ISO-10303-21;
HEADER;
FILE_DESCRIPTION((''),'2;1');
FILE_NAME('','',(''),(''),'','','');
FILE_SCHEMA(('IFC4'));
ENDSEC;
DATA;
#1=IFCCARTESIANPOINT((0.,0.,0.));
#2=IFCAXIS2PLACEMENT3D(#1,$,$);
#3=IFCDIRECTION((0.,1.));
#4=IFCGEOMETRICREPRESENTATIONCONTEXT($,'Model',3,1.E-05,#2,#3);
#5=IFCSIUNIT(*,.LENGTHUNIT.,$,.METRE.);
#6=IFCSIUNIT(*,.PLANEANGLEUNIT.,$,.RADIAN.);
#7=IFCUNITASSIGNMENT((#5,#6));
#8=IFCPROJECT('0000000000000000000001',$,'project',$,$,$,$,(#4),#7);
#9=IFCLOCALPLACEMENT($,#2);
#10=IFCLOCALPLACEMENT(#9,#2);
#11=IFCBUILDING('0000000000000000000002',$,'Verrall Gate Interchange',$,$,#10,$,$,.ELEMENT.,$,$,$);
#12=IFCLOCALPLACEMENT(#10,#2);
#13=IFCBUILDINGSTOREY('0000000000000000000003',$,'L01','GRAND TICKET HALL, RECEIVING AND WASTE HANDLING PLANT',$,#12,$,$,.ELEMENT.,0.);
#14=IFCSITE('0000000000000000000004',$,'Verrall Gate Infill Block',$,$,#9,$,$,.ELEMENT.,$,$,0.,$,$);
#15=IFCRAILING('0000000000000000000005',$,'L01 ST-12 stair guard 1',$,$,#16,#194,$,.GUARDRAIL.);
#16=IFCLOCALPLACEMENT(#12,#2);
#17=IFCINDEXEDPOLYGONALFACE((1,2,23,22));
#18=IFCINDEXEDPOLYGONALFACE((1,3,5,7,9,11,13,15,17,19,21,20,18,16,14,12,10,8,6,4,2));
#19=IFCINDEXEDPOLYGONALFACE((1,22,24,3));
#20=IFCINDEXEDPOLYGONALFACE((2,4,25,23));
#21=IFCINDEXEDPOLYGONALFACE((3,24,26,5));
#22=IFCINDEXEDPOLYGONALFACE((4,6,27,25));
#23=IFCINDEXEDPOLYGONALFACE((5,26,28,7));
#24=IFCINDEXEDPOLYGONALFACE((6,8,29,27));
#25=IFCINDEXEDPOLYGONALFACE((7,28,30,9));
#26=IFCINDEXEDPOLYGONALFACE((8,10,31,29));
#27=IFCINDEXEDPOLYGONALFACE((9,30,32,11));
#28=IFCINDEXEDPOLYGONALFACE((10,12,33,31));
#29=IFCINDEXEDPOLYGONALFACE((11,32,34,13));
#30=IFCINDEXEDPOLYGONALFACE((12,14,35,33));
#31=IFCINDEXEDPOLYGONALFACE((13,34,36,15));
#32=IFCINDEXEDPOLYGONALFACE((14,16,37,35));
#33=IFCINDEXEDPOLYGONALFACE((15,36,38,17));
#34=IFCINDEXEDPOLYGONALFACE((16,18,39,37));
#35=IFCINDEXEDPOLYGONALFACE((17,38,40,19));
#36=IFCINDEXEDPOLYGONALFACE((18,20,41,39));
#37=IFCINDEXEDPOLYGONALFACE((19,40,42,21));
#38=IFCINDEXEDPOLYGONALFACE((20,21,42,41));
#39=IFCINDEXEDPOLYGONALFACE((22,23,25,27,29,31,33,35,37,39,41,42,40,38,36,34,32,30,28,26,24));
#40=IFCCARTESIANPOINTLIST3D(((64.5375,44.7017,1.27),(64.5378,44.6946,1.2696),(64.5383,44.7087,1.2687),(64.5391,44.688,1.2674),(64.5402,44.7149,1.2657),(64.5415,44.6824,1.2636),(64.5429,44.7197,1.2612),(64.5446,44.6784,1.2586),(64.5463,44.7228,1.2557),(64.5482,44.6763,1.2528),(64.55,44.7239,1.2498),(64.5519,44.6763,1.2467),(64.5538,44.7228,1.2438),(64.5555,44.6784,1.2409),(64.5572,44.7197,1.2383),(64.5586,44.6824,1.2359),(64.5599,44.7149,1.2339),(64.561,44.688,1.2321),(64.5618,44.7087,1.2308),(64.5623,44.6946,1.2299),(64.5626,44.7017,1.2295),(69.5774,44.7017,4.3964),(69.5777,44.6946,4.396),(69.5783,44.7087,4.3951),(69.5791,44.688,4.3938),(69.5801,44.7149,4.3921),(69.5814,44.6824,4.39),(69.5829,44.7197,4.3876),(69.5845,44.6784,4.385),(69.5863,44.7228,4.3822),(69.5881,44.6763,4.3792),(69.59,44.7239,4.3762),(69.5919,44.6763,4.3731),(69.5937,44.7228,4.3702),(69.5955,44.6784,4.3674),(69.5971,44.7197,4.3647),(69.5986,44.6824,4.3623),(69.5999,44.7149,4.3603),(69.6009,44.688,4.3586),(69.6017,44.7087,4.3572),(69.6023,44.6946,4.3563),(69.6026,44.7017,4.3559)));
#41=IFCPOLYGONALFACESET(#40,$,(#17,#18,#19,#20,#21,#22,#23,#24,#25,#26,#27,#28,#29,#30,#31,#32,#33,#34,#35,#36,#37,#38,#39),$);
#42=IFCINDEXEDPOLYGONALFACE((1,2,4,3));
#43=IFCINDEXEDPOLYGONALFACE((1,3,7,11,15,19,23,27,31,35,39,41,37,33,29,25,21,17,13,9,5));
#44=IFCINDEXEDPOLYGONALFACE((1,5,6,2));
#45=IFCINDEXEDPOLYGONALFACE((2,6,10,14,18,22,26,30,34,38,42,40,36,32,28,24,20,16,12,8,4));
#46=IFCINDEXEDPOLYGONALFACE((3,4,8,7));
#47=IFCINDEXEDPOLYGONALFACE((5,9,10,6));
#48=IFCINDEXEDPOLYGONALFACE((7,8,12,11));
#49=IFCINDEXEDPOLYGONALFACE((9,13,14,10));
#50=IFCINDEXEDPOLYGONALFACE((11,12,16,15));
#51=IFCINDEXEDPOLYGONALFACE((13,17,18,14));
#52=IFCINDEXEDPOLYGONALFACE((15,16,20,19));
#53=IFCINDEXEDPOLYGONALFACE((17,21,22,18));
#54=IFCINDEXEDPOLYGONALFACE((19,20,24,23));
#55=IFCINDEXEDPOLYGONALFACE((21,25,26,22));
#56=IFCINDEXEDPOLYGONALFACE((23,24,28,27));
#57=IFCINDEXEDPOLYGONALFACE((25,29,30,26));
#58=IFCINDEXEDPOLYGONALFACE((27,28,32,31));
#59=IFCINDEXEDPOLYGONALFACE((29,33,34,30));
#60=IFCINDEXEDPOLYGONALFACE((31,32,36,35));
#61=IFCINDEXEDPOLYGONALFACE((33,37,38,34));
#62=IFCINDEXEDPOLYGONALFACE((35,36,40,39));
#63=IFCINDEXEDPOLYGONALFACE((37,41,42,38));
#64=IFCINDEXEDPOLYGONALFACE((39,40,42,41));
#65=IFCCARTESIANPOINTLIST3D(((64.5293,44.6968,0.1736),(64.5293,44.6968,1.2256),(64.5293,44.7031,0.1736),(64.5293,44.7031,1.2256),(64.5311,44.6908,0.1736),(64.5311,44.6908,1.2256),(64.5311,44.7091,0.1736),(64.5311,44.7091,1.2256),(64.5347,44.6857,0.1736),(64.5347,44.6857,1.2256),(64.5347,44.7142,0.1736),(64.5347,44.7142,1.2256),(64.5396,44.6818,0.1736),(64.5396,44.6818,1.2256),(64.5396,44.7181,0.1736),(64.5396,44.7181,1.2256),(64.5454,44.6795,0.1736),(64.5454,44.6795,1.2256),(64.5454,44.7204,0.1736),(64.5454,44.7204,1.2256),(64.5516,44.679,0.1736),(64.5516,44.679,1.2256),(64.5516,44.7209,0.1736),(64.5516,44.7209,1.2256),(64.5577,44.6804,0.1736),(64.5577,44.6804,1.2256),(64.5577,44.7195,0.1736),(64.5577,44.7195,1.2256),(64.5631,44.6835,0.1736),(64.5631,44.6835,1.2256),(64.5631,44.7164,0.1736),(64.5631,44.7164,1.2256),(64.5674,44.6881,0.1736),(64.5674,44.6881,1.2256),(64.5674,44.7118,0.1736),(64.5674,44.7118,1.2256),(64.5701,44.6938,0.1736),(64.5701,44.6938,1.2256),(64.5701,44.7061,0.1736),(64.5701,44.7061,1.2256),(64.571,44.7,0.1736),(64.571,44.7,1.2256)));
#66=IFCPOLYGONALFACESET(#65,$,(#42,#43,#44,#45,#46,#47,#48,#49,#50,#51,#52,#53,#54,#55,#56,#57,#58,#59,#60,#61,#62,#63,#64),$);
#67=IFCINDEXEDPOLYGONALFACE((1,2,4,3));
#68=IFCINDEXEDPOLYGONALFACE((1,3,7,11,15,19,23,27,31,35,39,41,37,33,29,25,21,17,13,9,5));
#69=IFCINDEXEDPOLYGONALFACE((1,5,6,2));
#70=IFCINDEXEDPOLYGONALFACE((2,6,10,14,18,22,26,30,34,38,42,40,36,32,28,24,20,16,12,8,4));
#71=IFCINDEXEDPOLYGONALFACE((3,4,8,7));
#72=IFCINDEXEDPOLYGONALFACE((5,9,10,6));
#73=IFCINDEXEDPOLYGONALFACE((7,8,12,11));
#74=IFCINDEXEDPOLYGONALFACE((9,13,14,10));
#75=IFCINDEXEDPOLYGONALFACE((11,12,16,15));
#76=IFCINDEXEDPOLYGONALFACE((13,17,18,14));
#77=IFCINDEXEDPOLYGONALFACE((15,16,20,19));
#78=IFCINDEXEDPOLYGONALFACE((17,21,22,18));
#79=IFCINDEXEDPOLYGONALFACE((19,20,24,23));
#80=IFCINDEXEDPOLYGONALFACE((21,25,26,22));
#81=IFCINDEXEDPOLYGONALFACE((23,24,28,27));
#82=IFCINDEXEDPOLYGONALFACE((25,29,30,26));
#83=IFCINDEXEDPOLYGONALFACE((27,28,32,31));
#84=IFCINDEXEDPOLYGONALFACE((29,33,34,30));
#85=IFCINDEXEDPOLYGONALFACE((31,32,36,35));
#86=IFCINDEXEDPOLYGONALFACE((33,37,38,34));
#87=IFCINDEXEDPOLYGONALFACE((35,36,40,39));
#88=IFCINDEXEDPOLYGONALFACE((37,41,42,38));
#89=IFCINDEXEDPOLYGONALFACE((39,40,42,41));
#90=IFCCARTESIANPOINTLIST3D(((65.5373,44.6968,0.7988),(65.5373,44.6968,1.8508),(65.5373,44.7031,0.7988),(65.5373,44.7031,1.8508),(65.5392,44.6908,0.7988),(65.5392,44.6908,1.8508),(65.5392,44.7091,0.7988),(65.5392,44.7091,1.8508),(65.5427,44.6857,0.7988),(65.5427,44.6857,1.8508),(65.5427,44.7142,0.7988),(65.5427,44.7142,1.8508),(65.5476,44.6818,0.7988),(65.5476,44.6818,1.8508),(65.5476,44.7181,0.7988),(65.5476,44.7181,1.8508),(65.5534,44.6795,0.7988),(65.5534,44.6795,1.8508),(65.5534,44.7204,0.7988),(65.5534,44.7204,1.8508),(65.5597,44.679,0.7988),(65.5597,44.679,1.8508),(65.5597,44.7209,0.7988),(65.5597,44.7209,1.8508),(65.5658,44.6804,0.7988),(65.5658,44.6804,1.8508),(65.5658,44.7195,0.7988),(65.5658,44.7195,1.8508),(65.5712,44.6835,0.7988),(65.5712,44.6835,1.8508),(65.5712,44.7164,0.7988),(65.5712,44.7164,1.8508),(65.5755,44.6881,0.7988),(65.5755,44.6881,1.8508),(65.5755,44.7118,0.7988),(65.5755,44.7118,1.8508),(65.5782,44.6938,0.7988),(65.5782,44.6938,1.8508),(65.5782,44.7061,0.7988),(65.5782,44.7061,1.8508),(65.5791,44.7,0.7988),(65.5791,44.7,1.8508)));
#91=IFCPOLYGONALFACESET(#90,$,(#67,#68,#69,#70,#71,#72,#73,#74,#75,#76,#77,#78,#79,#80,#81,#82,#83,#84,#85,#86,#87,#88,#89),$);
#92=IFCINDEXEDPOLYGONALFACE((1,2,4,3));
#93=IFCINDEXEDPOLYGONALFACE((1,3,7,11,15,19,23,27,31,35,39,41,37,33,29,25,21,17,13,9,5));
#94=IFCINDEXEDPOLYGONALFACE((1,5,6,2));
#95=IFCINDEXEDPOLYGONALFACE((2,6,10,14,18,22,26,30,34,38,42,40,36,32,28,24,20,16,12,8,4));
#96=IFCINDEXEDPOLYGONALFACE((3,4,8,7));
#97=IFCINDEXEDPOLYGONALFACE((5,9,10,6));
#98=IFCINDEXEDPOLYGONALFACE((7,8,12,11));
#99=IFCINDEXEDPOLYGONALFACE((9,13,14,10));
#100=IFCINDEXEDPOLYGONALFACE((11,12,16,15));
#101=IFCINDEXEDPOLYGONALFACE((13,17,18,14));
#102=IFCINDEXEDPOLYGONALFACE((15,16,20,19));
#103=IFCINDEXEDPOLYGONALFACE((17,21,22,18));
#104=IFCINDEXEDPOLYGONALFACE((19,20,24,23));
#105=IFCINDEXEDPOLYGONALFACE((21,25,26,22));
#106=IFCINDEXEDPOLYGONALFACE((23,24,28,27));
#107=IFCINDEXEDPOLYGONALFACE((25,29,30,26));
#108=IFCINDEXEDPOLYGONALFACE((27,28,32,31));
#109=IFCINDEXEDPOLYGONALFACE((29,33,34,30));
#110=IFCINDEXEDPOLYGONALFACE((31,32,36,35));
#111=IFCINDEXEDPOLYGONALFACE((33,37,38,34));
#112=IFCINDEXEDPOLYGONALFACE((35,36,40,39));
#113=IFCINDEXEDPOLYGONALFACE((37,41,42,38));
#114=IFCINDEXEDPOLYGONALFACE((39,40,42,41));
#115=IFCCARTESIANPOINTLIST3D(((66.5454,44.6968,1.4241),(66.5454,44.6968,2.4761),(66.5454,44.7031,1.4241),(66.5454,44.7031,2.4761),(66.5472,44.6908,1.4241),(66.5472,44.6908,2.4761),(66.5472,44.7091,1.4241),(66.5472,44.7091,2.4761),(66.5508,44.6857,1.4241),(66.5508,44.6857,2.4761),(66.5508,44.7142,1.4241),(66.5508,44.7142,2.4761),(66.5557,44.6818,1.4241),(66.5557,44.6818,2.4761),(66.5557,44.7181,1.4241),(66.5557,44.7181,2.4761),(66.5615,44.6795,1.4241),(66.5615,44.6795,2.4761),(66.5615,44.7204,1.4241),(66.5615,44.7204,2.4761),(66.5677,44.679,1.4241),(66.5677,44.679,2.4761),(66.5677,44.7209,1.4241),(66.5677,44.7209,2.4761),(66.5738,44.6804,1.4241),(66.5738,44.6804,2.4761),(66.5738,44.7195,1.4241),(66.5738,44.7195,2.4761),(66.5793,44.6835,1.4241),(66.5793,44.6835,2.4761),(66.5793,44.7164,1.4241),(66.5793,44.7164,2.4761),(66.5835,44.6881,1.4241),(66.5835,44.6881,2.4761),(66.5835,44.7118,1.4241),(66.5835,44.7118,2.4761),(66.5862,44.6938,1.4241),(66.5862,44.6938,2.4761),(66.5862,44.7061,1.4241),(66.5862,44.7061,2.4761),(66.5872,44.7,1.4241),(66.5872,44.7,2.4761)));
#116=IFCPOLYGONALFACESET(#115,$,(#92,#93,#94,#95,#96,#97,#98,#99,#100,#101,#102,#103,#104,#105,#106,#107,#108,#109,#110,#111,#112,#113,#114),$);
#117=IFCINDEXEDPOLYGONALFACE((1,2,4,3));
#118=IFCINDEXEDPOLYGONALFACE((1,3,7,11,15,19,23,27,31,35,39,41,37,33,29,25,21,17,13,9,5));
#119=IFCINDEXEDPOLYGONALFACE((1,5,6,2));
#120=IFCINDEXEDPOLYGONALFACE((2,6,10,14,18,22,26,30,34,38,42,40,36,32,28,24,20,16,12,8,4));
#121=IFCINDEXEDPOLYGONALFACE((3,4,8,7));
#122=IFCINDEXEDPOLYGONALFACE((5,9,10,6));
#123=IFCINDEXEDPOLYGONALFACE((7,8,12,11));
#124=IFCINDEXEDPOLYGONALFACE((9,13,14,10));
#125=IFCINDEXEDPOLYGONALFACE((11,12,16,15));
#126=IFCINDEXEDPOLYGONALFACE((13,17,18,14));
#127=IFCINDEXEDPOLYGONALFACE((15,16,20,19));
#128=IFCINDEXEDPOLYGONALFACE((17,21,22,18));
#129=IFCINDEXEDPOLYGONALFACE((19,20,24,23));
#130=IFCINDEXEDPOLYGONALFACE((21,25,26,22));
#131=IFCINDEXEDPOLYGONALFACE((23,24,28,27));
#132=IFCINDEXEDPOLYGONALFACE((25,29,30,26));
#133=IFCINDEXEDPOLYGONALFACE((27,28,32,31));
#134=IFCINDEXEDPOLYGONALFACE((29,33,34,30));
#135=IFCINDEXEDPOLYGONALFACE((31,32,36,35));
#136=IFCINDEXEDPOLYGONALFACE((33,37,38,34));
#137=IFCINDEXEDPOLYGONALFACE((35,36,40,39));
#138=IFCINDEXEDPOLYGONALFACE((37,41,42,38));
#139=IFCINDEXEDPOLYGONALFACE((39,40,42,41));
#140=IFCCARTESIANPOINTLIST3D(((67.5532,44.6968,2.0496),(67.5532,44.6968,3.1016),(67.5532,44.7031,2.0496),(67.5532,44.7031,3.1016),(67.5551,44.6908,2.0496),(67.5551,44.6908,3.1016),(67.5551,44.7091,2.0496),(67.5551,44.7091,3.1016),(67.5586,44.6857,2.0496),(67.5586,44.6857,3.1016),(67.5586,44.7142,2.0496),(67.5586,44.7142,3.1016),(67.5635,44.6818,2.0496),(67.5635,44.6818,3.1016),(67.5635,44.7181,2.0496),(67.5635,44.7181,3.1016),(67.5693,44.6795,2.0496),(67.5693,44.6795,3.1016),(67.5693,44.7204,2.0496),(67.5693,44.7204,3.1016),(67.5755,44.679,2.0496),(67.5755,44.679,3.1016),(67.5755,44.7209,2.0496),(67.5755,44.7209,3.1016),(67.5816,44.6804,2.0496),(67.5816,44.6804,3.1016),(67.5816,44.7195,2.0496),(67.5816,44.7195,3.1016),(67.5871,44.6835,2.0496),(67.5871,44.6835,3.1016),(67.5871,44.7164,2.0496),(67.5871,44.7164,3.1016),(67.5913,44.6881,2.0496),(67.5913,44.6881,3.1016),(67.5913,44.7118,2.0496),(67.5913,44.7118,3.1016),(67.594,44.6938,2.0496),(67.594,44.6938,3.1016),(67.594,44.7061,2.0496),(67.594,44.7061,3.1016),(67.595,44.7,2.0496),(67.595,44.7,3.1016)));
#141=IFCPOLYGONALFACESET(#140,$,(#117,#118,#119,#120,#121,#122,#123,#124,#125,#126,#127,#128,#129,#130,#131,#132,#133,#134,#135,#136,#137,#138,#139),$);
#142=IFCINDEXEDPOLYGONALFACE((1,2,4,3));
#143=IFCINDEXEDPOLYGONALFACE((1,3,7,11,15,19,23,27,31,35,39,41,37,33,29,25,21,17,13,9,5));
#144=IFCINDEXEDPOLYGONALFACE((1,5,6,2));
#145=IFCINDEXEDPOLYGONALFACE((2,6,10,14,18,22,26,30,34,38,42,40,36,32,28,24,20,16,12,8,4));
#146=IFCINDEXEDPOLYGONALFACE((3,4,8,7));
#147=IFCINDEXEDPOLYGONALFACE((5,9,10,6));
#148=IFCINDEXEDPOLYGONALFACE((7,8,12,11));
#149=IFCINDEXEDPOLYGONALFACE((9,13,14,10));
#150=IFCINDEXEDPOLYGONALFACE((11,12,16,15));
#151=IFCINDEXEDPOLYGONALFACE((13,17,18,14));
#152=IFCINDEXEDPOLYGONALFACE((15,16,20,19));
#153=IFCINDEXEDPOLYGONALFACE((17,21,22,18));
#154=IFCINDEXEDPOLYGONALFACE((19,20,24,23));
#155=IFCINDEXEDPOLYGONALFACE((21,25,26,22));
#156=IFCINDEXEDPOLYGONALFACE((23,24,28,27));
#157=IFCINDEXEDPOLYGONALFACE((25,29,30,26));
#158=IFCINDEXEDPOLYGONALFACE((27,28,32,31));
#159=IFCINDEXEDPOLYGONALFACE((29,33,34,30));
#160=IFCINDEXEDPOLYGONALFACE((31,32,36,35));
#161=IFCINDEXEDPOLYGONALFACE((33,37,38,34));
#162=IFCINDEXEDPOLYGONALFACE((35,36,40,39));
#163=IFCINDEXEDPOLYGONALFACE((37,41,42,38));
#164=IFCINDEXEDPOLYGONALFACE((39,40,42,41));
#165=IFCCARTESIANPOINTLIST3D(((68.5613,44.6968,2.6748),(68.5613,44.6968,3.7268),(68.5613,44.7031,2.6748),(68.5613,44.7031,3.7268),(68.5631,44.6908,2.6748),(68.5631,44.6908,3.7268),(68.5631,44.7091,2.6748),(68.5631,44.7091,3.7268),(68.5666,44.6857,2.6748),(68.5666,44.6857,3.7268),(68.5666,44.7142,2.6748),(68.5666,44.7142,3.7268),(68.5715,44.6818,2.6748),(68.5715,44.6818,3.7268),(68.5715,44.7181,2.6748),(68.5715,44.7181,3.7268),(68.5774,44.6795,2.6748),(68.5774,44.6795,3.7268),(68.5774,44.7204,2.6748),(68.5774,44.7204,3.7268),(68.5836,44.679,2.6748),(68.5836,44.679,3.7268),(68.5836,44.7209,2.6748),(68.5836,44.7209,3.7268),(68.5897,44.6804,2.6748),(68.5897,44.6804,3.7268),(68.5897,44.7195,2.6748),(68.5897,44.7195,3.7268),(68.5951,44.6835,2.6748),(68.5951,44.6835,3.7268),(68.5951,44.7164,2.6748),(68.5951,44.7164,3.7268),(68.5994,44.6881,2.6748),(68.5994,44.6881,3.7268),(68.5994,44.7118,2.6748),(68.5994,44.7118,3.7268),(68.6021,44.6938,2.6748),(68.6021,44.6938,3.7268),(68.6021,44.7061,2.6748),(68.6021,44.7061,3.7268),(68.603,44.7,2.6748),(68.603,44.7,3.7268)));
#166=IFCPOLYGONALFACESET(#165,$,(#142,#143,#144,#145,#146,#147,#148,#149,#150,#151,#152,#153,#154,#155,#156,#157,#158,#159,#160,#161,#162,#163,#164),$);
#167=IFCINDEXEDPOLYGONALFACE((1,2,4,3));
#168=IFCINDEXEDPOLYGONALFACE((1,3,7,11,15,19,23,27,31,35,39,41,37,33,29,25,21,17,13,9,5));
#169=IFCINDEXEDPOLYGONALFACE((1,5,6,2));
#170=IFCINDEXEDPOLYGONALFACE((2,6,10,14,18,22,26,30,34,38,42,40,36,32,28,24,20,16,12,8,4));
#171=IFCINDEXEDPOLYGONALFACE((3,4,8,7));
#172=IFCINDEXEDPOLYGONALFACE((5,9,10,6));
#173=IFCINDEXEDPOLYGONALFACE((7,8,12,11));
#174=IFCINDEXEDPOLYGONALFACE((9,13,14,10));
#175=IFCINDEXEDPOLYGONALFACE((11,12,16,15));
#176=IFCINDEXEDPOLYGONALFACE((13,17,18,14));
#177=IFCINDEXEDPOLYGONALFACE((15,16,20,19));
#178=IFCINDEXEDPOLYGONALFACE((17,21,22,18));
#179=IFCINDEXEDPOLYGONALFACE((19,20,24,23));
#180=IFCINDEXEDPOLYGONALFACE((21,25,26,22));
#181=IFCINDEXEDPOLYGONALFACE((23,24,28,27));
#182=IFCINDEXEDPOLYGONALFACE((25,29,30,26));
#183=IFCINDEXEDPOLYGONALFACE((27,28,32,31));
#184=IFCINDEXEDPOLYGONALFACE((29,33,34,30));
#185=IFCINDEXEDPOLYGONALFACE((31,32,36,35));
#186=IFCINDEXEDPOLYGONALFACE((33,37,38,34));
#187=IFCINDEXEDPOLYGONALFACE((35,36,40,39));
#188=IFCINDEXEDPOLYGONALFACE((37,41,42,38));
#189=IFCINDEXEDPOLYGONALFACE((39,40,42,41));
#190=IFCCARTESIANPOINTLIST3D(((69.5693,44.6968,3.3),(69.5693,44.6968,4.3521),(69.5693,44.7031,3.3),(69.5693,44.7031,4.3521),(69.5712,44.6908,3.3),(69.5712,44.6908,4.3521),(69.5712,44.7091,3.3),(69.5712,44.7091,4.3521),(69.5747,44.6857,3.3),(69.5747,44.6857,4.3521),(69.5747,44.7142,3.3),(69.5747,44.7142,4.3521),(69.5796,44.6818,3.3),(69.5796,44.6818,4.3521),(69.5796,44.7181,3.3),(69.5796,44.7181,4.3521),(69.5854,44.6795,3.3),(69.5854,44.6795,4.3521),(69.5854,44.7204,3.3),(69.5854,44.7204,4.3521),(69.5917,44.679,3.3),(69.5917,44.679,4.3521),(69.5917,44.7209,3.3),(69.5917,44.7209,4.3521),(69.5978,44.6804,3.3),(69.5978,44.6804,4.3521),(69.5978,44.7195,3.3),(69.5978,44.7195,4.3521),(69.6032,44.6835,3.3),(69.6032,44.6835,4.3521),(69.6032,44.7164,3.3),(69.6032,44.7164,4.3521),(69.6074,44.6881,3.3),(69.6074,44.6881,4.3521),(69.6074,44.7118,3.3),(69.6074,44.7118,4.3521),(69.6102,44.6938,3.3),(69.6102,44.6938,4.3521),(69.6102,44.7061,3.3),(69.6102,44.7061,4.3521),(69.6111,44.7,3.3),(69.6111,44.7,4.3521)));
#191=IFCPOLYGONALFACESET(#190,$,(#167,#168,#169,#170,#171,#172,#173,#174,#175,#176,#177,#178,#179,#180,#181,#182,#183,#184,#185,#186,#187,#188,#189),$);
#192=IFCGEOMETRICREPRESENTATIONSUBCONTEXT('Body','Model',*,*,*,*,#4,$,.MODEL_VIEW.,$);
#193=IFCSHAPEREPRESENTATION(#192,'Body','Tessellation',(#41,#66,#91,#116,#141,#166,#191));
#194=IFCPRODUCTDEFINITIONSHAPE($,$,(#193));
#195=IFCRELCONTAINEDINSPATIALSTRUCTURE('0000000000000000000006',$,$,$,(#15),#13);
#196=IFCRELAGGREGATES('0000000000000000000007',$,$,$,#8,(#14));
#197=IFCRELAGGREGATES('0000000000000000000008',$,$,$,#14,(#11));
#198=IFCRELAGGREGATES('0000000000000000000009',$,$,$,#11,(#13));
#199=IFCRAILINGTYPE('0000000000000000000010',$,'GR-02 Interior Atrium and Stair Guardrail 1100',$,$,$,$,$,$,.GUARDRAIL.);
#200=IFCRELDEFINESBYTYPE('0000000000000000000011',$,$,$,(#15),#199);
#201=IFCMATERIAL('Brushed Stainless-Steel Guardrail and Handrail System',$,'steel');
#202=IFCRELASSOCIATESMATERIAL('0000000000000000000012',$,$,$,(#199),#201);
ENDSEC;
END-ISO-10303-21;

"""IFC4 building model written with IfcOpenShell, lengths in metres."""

from ifc_helpers import new_model, si_unit, direction, frame, origin, origin_2d, place, context, subcontext, project, spatial, circle, extrude, material, type_object, element, save


model = new_model("IFC4")

# Units and contexts
model_context = context("Model", 3, precision=1e-05, world=origin(), true_north=direction((0.0, 1.0)))
body_context = subcontext(model_context, "Body", "Model", "MODEL_VIEW")
ifc_project = project(units=[si_unit("LENGTHUNIT", "METRE"), si_unit("PLANEANGLEUNIT", "RADIAN")], contexts=[model_context])

# Site, building, storey
site_placement = place(None, origin())
site = spatial("IfcSite", under=ifc_project, at=site_placement, Name="Verrall Gate Infill Block", CompositionType="ELEMENT", RefElevation=0.0)
building_placement = place(site_placement, origin())
building = spatial("IfcBuilding", under=site, at=building_placement, Name="Verrall Gate Interchange", CompositionType="ELEMENT")
storey_placement = place(building_placement, origin())
storey = spatial("IfcBuildingStorey", under=building, at=storey_placement, Name="L01", Description="GRAND TICKET HALL, RECEIVING AND WASTE HANDLING PLANT", CompositionType="ELEMENT", Elevation=0.0)

# Railing
ifc_material_1 = material(Name="Brushed Stainless-Steel Guardrail and Handrail System", Category="steel")
railing_type_1 = type_object("IfcRailingType", Name="GR-02 Interior Atrium and Stair Guardrail 1100", PredefinedType="GUARDRAIL", material=ifc_material_1)
railing_1_placement = place(storey_placement, frame((64.55, 44.7, 0.1736)))
element("IfcRailing", 1, at=railing_1_placement, inside=storey, type_object=railing_type_1, Name="L01 ST-12 stair guard 1", PredefinedType="GUARDRAIL", context=body_context, shape_type="SweptSolid", body=[
    extrude(circle(Radius=0.0239, at=origin_2d()), frame((0.0, 0.0, 1.0762), z_axis=(0.849779, 0.0, 0.527139), x_axis=(0.0, 1.0, 0.0)), (0.0, 0.0, 1.0), 5.9309),
    extrude(circle(Radius=0.021, at=origin_2d()), origin(), (0.0, 0.0, 1.0), 1.052),
    extrude(circle(Radius=0.021, at=origin_2d()), frame((1.0081, 0.0, 0.6252)), (0.0, 0.0, 1.0), 1.052),
    extrude(circle(Radius=0.021, at=origin_2d()), frame((2.0161, 0.0, 1.2505)), (0.0, 0.0, 1.0), 1.052),
    extrude(circle(Radius=0.021, at=origin_2d()), frame((3.0239, 0.0, 1.876)), (0.0, 0.0, 1.0), 1.052),
    extrude(circle(Radius=0.021, at=origin_2d()), frame((4.032, 0.0, 2.5012)), (0.0, 0.0, 1.0), 1.052),
    extrude(circle(Radius=0.021, at=origin_2d()), frame((5.04, 0.0, 3.1265)), (0.0, 0.0, 1.0), 1.052),
])

save(model, "model.ifc")
